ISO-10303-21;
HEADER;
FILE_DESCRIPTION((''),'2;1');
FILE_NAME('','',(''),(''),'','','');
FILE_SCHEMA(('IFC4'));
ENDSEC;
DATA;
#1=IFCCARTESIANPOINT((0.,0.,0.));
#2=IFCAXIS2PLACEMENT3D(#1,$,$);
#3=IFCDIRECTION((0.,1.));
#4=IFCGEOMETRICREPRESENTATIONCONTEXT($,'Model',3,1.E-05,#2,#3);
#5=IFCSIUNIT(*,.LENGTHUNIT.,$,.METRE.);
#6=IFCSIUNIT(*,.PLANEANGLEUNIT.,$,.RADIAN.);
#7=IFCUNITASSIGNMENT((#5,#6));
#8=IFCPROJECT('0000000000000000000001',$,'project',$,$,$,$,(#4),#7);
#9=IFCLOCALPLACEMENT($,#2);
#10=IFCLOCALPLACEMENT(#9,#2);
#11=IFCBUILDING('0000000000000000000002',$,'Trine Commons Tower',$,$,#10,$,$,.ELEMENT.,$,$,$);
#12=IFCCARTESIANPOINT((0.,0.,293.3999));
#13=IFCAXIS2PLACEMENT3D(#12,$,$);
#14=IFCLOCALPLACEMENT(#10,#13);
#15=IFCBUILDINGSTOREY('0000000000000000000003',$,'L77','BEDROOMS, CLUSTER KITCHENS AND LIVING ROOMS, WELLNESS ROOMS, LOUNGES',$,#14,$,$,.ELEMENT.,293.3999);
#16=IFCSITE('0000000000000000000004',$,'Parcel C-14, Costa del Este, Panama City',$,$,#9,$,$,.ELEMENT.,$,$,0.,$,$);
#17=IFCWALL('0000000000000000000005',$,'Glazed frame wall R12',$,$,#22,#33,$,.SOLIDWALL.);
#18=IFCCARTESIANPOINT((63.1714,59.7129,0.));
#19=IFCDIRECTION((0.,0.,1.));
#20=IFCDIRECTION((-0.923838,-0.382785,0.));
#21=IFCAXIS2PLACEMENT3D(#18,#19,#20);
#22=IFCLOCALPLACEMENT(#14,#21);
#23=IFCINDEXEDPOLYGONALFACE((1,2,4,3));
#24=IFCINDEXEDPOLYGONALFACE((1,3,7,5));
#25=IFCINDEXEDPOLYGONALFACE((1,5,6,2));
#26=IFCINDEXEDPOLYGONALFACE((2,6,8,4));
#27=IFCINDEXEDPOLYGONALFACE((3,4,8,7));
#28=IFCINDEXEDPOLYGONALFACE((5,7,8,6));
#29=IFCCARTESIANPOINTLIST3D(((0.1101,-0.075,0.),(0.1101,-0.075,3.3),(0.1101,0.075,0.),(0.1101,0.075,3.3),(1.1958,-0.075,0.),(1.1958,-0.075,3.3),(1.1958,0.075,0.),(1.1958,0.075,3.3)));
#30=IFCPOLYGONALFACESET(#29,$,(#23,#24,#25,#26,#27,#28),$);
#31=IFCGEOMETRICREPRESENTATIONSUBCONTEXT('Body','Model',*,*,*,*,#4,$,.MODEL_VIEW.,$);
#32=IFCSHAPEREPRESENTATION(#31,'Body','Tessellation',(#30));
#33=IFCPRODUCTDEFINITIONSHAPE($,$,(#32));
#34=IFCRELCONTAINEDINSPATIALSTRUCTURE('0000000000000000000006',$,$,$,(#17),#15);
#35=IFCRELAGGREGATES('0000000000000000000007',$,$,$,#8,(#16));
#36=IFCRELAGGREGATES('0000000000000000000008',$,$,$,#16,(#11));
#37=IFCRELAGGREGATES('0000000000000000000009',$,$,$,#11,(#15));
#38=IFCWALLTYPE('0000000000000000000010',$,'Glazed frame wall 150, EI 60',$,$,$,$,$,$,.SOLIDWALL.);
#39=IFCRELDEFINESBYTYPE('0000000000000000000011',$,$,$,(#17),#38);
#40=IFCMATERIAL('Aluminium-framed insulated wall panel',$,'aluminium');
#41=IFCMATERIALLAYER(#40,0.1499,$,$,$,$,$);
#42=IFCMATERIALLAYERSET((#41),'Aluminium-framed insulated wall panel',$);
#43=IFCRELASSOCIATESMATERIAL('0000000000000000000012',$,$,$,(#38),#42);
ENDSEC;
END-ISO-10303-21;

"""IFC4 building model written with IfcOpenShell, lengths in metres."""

from ifc_helpers import new_model, si_unit, direction, frame, origin, place, context, subcontext, project, spatial, polyline, outline, extrude, material, layer, layer_set, type_object, element, save


model = new_model("IFC4")

# Units and contexts
model_context = context("Model", 3, precision=1e-05, world=origin(), true_north=direction((0.0, 1.0)))
body_context = subcontext(model_context, "Body", "Model", "MODEL_VIEW")
ifc_project = project(units=[si_unit("LENGTHUNIT", "METRE"), si_unit("PLANEANGLEUNIT", "RADIAN")], contexts=[model_context])

# Site, building, storey
site_placement = place(None, origin())
site = spatial("IfcSite", under=ifc_project, at=site_placement, Name="Parcel C-14, Costa del Este, Panama City", CompositionType="ELEMENT", RefElevation=0.0)
building_placement = place(site_placement, origin())
building = spatial("IfcBuilding", under=site, at=building_placement, Name="Trine Commons Tower", CompositionType="ELEMENT")
storey_placement = place(building_placement, frame((0.0, 0.0, 293.3999)))
storey = spatial("IfcBuildingStorey", under=building, at=storey_placement, Name="L77", Description="BEDROOMS, CLUSTER KITCHENS AND LIVING ROOMS, WELLNESS ROOMS, LOUNGES", CompositionType="ELEMENT", Elevation=293.3999)

# Shared definitions
ifc_material_1 = material(Name="Aluminium-framed insulated wall panel", Category="aluminium")
ifc_layer_1 = layer(ifc_material_1, 0.1499)
ifc_layer_set_1 = layer_set([ifc_layer_1], Name="Aluminium-framed insulated wall panel")
wall_type_1 = type_object("IfcWallType", Name="Glazed frame wall 150, EI 60", PredefinedType="SOLIDWALL", material=ifc_layer_set_1)

# Wall
wall_1_placement = place(storey_placement, frame((63.1714, 59.7129, 0.0), z_axis=(0.0, 0.0, 1.0), x_axis=(-0.923838, -0.382785, 0.0)))
element("IfcWall", 1, at=wall_1_placement, inside=storey, type_object=wall_type_1, Name="Glazed frame wall R12", PredefinedType="SOLIDWALL", context=body_context, shape_type="SweptSolid", body=[
    extrude(outline(polyline([(0.1101, 0.075), (0.1101, -0.075), (1.1958, -0.075), (1.1958, 0.075), (0.1101, 0.075)])), origin(), (0.0, 0.0, 1.0), 3.3),
])

save(model, "model.ifc")
